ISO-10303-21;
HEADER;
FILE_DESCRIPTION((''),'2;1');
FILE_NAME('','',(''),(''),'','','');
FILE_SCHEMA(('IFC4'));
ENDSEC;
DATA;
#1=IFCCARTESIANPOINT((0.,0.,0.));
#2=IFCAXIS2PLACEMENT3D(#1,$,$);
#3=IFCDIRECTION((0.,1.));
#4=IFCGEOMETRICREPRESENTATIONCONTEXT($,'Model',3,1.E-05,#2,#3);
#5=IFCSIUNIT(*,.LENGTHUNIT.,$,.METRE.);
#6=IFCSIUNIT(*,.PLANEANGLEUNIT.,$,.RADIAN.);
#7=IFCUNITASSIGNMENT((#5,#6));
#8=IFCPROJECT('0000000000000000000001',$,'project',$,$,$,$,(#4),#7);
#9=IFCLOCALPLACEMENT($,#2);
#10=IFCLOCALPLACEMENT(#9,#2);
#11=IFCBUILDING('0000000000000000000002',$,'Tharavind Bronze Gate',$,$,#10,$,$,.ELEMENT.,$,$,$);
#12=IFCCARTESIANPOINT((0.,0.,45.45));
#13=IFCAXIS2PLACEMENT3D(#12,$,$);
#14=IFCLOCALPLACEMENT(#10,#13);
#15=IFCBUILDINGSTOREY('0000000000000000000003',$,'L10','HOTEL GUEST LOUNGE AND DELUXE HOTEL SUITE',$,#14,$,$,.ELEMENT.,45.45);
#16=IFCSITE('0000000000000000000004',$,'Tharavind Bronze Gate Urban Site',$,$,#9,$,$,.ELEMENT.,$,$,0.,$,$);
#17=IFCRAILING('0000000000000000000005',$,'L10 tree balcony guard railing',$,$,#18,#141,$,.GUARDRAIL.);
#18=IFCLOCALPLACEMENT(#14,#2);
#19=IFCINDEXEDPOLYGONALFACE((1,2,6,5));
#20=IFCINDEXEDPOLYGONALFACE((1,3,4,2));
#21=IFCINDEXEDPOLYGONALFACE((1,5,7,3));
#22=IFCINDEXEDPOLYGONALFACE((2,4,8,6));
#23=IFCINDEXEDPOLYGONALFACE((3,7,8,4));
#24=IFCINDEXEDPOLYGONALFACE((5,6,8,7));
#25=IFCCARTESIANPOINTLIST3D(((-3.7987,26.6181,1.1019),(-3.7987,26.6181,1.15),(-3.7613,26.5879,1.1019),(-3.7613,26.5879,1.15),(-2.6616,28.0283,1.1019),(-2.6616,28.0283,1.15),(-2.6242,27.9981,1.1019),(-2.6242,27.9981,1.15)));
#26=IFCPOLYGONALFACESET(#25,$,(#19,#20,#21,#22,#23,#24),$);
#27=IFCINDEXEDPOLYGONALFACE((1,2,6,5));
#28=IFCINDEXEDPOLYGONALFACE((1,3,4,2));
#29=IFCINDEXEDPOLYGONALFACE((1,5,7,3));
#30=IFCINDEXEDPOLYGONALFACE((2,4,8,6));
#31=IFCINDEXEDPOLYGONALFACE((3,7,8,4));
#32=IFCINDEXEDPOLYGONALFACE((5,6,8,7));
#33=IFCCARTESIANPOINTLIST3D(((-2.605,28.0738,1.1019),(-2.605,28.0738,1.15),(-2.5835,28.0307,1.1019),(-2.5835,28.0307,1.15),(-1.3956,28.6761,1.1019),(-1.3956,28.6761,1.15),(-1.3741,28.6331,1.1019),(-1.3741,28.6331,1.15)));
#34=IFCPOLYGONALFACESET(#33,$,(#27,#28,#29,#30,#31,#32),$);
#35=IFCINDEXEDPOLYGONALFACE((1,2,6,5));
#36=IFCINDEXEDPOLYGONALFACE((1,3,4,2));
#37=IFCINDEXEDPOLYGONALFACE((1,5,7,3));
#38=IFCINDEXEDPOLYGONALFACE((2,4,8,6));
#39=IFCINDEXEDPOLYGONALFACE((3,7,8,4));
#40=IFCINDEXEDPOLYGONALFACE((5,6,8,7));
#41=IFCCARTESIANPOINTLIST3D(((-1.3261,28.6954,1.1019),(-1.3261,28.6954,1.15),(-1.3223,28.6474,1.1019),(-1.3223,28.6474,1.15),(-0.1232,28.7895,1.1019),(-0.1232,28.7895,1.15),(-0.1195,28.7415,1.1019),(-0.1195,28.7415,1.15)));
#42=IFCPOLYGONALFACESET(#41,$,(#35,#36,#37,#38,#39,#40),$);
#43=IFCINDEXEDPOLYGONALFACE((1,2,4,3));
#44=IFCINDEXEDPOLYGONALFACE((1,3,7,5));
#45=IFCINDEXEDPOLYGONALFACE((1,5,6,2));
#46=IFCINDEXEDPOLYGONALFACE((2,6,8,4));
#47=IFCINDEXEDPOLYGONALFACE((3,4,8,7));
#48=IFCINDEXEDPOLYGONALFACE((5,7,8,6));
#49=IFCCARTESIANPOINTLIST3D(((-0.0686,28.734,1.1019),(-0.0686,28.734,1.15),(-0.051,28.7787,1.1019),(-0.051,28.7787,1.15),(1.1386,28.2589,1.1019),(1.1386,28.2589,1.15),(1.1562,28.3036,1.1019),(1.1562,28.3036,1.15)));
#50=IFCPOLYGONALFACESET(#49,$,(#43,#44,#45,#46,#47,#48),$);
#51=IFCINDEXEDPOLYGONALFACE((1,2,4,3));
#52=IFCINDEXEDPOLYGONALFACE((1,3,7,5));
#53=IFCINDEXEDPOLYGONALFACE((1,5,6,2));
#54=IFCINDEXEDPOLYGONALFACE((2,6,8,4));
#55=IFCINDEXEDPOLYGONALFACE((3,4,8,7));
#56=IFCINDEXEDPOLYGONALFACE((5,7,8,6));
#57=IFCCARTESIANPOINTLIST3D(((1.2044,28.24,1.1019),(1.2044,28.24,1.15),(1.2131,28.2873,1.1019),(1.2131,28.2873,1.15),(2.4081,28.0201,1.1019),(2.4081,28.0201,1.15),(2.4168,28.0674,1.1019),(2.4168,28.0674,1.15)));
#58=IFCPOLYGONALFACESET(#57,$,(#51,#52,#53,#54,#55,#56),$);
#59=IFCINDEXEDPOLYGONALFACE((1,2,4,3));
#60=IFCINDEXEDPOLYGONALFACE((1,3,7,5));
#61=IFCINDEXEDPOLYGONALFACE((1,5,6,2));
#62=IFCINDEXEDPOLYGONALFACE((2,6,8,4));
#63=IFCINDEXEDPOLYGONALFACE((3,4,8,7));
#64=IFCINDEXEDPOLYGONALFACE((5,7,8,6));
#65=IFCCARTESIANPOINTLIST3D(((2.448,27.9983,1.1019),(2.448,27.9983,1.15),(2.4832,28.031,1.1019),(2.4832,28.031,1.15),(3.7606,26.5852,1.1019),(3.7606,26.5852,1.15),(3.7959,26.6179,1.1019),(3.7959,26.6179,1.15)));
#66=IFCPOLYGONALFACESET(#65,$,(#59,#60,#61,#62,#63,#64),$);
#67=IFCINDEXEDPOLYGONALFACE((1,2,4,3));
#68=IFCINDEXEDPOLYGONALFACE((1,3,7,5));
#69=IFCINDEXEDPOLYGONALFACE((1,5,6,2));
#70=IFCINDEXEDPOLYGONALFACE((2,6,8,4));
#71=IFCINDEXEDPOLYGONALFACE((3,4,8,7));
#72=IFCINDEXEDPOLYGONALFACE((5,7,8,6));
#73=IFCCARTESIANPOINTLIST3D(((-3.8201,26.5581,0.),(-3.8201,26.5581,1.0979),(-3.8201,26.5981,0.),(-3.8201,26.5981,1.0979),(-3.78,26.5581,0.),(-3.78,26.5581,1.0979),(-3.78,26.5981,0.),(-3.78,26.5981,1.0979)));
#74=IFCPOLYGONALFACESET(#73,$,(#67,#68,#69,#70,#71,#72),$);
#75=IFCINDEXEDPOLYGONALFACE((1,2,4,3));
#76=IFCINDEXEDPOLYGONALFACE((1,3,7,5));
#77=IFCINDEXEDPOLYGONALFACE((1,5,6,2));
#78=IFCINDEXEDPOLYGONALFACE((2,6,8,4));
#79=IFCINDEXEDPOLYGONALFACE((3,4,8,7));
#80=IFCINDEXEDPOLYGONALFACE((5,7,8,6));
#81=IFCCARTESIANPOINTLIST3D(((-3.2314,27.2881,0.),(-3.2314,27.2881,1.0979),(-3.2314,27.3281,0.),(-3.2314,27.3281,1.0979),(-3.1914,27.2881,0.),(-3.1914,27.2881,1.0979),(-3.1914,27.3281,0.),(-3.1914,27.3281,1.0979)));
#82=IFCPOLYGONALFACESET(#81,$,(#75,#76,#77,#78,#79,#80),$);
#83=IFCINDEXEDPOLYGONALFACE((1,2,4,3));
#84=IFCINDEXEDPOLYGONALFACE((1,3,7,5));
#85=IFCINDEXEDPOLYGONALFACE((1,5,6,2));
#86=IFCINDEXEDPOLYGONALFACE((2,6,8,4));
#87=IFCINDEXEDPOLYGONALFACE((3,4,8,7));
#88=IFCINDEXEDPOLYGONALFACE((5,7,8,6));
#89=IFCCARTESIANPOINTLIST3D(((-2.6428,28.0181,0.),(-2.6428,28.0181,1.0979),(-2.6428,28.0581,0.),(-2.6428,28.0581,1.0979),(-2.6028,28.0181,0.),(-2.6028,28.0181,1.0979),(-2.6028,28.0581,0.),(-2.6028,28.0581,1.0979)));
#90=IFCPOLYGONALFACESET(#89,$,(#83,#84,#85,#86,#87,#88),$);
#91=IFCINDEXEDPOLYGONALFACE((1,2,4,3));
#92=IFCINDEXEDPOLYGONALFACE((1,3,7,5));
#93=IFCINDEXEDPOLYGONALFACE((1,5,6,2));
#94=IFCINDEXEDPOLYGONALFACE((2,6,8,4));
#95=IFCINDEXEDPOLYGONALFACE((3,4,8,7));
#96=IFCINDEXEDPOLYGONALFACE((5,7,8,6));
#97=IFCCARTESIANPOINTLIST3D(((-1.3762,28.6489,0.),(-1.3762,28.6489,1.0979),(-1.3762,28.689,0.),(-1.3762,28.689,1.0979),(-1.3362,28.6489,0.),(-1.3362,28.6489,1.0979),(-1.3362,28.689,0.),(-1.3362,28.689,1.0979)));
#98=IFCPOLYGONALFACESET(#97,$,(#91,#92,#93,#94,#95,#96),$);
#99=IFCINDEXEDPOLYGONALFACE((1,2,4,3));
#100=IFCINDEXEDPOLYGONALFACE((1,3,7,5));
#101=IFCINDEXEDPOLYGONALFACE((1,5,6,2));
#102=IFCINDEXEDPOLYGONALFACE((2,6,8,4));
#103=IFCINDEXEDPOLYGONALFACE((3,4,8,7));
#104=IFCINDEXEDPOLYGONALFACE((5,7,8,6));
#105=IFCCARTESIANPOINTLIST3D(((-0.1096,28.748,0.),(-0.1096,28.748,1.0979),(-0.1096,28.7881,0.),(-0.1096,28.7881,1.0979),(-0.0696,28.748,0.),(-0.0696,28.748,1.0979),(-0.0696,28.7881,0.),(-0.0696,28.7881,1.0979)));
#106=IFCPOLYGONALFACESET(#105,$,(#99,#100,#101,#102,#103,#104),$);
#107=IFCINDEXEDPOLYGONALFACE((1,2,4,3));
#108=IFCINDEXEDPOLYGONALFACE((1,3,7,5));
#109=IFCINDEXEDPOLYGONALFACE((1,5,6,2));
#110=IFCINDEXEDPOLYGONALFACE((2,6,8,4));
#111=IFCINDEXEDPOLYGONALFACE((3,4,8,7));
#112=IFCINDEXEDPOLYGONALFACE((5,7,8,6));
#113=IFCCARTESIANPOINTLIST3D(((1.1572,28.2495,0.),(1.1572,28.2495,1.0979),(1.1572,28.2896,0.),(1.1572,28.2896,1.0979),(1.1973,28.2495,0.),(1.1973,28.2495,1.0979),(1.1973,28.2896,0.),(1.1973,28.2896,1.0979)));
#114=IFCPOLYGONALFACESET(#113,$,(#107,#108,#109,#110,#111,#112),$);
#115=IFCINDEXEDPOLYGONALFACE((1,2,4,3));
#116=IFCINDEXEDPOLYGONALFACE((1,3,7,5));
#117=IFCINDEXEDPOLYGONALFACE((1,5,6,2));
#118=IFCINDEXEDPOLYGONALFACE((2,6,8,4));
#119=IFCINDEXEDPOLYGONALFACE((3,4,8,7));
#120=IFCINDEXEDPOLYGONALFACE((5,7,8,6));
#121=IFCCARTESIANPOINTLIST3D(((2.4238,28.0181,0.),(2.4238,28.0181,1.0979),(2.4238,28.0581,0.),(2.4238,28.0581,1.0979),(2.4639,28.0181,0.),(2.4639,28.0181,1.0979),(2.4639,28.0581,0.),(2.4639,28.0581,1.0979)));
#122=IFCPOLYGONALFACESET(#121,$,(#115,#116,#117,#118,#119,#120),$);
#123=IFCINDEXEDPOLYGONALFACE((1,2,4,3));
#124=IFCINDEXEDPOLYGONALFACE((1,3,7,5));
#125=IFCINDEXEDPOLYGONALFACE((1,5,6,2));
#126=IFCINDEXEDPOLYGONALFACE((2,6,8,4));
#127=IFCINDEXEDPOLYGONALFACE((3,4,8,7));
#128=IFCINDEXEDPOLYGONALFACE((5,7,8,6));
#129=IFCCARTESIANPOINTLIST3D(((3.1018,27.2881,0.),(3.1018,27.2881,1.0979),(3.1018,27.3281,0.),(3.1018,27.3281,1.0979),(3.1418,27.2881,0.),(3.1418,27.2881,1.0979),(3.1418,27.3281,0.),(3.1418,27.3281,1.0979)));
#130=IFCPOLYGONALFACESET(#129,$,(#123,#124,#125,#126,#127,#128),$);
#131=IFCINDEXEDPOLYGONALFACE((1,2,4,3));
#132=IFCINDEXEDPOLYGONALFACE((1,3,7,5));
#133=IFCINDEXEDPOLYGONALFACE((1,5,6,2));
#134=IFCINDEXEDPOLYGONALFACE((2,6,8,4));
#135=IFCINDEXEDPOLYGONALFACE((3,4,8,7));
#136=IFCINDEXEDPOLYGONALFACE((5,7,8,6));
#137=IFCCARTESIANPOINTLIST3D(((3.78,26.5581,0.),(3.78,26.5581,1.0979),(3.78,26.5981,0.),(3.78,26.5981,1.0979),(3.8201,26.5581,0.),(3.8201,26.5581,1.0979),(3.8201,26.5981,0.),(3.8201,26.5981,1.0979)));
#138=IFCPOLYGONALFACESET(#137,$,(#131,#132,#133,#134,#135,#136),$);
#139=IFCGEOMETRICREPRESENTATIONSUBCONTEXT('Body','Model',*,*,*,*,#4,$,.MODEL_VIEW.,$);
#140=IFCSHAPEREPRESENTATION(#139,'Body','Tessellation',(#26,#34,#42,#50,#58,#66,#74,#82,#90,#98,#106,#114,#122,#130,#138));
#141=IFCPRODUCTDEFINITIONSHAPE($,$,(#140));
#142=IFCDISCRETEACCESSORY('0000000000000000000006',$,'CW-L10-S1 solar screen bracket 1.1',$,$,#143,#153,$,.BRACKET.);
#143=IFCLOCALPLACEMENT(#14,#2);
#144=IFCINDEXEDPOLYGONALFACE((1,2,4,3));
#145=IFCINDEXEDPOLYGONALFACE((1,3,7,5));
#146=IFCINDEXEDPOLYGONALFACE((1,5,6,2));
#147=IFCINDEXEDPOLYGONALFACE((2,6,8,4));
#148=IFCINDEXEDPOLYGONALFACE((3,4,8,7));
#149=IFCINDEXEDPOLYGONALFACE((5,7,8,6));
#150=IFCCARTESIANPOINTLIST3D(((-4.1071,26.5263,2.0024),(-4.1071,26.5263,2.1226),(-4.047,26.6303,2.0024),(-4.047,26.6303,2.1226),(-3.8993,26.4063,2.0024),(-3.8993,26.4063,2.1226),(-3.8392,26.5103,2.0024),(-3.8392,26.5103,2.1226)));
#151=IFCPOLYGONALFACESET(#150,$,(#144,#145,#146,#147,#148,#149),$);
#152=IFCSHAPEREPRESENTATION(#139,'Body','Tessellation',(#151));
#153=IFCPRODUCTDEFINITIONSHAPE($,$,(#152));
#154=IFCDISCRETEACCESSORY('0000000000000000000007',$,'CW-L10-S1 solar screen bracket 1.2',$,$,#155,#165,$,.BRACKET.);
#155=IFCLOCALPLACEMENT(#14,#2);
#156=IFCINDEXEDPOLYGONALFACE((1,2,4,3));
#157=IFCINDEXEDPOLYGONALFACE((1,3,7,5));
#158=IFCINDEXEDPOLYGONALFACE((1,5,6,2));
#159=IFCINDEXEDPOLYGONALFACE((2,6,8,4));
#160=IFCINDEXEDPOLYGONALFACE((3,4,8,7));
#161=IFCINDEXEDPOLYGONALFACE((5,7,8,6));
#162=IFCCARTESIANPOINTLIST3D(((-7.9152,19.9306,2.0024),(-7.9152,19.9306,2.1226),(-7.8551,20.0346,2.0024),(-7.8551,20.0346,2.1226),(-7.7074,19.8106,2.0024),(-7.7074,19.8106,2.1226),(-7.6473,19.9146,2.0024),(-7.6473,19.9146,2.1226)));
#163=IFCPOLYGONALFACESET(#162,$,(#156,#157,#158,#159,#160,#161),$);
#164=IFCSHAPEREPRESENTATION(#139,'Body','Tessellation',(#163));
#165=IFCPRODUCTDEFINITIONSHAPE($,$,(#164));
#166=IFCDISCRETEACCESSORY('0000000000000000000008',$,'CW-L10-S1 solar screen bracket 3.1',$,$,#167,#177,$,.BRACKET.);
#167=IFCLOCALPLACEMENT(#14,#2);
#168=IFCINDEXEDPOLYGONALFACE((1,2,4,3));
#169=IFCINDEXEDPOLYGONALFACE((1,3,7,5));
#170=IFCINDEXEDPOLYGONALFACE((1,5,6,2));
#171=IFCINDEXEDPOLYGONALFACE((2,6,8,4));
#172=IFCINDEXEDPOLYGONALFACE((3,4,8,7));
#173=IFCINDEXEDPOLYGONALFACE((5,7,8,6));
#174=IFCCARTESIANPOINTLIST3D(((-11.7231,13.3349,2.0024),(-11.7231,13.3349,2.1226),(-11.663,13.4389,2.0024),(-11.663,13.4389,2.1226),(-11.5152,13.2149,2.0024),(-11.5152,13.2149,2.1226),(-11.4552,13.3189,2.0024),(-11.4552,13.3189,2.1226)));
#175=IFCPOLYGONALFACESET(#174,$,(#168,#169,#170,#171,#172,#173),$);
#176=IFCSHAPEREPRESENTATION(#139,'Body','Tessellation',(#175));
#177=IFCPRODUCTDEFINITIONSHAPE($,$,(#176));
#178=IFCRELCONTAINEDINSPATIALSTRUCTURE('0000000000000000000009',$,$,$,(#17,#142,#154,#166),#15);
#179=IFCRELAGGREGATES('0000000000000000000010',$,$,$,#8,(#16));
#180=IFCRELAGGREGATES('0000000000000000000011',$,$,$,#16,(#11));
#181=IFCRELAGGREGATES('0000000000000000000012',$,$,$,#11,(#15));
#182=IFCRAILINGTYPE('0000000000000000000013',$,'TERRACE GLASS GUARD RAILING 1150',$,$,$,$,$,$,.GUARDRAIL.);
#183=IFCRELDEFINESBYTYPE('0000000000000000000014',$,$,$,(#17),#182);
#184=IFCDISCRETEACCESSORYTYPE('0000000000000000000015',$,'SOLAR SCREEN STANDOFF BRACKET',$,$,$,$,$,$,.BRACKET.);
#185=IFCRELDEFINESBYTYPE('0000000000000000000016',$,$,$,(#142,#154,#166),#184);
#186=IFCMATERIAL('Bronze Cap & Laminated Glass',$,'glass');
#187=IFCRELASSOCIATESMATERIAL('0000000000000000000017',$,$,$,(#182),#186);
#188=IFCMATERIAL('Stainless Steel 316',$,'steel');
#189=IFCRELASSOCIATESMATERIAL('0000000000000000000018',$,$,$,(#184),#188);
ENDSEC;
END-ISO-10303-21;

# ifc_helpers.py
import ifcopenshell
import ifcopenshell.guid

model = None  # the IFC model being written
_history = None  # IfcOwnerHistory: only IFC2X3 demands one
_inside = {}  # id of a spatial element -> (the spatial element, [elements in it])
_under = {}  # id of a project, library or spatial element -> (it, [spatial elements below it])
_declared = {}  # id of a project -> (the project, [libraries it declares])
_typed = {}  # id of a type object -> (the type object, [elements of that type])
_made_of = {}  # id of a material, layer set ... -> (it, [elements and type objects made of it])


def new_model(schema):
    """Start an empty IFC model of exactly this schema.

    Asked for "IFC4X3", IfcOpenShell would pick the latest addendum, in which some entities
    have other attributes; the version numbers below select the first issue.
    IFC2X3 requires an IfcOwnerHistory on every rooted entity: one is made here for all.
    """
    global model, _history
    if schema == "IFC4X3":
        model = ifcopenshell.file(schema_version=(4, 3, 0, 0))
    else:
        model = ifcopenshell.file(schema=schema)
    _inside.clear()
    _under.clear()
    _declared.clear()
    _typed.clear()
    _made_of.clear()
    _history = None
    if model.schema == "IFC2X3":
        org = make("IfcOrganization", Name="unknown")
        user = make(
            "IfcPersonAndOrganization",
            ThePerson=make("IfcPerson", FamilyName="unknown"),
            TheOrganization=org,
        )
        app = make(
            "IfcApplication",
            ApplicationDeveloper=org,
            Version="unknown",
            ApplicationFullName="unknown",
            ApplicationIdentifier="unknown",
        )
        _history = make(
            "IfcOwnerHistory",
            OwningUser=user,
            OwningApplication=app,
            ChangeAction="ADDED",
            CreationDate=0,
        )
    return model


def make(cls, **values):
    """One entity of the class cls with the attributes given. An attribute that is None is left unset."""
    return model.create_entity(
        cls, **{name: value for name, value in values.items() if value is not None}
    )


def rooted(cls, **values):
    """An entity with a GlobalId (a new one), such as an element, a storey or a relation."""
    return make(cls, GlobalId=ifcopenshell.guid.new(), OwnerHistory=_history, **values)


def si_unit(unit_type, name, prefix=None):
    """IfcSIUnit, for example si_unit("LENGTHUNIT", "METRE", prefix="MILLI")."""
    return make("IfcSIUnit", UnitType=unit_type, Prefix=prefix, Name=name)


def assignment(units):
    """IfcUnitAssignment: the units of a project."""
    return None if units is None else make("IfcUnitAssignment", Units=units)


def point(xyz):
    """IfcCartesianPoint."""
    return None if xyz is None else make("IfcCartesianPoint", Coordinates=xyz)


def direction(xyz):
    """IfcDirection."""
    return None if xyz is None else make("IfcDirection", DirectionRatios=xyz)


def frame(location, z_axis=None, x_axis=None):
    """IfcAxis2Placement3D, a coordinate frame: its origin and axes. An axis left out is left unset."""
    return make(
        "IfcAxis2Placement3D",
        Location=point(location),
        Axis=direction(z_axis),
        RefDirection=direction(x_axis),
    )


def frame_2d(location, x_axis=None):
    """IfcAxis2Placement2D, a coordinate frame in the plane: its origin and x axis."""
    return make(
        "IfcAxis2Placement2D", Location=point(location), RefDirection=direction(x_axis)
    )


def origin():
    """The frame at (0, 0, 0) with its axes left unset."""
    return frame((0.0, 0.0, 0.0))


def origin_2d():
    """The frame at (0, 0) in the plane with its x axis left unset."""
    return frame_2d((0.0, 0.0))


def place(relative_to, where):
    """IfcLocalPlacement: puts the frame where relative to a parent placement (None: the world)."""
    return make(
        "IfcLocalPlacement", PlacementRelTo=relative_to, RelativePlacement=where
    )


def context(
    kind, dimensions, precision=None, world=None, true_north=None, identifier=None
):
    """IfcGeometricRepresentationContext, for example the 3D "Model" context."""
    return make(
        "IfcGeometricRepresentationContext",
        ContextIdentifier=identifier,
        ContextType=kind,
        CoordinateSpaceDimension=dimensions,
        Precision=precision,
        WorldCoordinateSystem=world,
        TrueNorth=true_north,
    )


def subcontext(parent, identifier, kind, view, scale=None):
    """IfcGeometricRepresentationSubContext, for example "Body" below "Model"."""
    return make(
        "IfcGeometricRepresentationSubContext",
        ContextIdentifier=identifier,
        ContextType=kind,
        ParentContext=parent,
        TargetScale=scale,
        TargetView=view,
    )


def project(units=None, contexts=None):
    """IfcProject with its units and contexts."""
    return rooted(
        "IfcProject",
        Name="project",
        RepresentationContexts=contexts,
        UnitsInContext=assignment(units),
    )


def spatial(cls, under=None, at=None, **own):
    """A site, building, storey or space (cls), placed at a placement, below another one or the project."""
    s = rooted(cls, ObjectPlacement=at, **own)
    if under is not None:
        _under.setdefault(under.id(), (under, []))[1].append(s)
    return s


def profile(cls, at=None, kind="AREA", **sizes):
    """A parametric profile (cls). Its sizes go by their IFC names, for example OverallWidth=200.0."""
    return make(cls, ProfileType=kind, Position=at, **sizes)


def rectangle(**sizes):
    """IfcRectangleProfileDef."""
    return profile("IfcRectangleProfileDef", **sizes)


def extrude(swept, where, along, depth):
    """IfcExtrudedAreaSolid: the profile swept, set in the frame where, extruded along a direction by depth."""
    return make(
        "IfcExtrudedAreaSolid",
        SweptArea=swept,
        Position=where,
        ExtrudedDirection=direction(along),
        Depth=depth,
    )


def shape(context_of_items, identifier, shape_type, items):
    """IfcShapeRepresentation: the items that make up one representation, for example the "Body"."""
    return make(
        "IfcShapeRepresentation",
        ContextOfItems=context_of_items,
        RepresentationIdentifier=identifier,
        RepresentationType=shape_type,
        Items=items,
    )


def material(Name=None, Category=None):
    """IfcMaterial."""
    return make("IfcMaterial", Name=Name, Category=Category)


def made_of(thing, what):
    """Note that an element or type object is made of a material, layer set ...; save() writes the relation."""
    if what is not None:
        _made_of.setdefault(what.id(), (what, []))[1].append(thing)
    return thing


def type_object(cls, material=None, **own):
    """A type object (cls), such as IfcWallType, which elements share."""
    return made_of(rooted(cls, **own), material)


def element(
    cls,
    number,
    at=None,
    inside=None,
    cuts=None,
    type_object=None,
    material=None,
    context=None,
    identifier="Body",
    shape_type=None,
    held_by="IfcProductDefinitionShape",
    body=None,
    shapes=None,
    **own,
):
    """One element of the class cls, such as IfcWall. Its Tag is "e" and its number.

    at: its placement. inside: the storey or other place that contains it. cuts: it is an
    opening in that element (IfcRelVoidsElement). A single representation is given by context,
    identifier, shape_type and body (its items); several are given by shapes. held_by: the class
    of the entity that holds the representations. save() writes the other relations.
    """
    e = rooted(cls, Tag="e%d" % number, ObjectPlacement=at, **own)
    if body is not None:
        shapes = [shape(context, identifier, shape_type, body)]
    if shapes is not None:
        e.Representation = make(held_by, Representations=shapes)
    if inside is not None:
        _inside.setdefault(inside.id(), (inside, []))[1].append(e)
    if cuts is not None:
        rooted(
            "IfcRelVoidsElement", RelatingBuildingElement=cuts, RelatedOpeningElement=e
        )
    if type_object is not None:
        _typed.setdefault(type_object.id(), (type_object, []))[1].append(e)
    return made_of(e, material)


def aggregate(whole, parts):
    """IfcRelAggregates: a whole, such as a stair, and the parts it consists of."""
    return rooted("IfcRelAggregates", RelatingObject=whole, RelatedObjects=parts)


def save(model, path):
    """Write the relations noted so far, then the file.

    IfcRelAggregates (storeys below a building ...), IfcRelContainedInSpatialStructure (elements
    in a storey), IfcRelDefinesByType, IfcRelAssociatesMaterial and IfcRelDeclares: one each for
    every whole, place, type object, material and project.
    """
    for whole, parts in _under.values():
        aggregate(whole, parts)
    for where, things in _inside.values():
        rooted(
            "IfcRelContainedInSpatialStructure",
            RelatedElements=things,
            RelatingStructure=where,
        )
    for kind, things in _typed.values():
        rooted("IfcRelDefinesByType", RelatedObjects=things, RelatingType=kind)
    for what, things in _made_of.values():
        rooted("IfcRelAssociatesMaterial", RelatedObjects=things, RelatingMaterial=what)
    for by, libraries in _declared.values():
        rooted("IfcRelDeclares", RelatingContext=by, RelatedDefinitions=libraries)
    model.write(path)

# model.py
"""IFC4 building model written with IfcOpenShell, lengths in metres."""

from ifc_helpers import new_model, si_unit, direction, frame, origin, origin_2d, place, context, subcontext, project, spatial, rectangle, extrude, material, type_object, element, save


model = new_model("IFC4")

# Units and contexts
model_context = context("Model", 3, precision=1e-05, world=origin(), true_north=direction((0.0, 1.0)))
body_context = subcontext(model_context, "Body", "Model", "MODEL_VIEW")
ifc_project = project(units=[si_unit("LENGTHUNIT", "METRE"), si_unit("PLANEANGLEUNIT", "RADIAN")], contexts=[model_context])

# Site, building, storey
site_placement = place(None, origin())
site = spatial("IfcSite", under=ifc_project, at=site_placement, Name="Tharavind Bronze Gate Urban Site", CompositionType="ELEMENT", RefElevation=0.0)
building_placement = place(site_placement, origin())
building = spatial("IfcBuilding", under=site, at=building_placement, Name="Tharavind Bronze Gate", CompositionType="ELEMENT")
storey_placement = place(building_placement, frame((0.0, 0.0, 45.45)))
storey = spatial("IfcBuildingStorey", under=building, at=storey_placement, Name="L10", Description="HOTEL GUEST LOUNGE AND DELUXE HOTEL SUITE", CompositionType="ELEMENT", Elevation=45.45)

# Railing
ifc_material_1 = material(Name="Bronze Cap & Laminated Glass", Category="glass")
railing_type = type_object("IfcRailingType", Name="TERRACE GLASS GUARD RAILING 1150", PredefinedType="GUARDRAIL", material=ifc_material_1)
railing_placement = place(storey_placement, frame((-3.8, 26.5781, 0.0)))
element("IfcRailing", 1, at=railing_placement, inside=storey, type_object=railing_type, Name="L10 tree balcony guard railing", PredefinedType="GUARDRAIL", context=body_context, shape_type="SweptSolid", body=[
    extrude(rectangle(XDim=0.0481, YDim=0.0481, at=origin_2d()), frame((0.02, 0.0249, 1.126), z_axis=(0.627707, 0.77845, 0.0), x_axis=(-0.77845, 0.627707, 0.0)), (0.0, 0.0, 1.0), 1.8115),
    extrude(rectangle(XDim=0.0481, YDim=0.0481, at=origin_2d()), frame((1.2058, 1.4741, 1.126), z_axis=(0.895116, 0.445833, 0.0), x_axis=(-0.445833, 0.895116, 0.0)), (0.0, 0.0, 1.0), 1.3511),
    extrude(rectangle(XDim=0.0481, YDim=0.0481, at=origin_2d()), frame((2.4758, 2.0933, 1.126), z_axis=(0.996952, 0.078019, 0.0), x_axis=(-0.078019, 0.996952, 0.0)), (0.0, 0.0, 1.0), 1.2065),
    extrude(rectangle(XDim=0.0481, YDim=0.0481, at=origin_2d()), frame((3.7402, 2.1782, 1.126), z_axis=(0.93054, -0.36619, 0.0), x_axis=(0.36619, 0.93054, 0.0)), (0.0, 0.0, 1.0), 1.2974),
    extrude(rectangle(XDim=0.0481, YDim=0.0481, at=origin_2d()), frame((5.0088, 1.6855, 1.126), z_axis=(0.983712, -0.179753, 0.0), x_axis=(0.179753, 0.983712, 0.0)), (0.0, 0.0, 1.0), 1.2236),
    extrude(rectangle(XDim=0.0481, YDim=0.0481, at=origin_2d()), frame((6.2656, 1.4365, 1.126), z_axis=(0.680592, -0.732663, 0.0), x_axis=(0.732663, 0.680592, 0.0)), (0.0, 0.0, 1.0), 1.9287),
    extrude(rectangle(XDim=0.04, YDim=0.04, at=origin_2d()), origin(), (0.0, 0.0, 1.0), 1.0979),
    extrude(rectangle(XDim=0.04, YDim=0.04, at=origin_2d()), frame((0.5886, 0.73, 0.0)), (0.0, 0.0, 1.0), 1.0979),
    extrude(rectangle(XDim=0.04, YDim=0.04, at=origin_2d()), frame((1.1772, 1.46, 0.0)), (0.0, 0.0, 1.0), 1.0979),
    extrude(rectangle(XDim=0.04, YDim=0.04, at=origin_2d()), frame((2.4438, 2.0908, 0.0)), (0.0, 0.0, 1.0), 1.0979),
    extrude(rectangle(XDim=0.04, YDim=0.04, at=origin_2d()), frame((3.7104, 2.1899, 0.0)), (0.0, 0.0, 1.0), 1.0979),
    extrude(rectangle(XDim=0.04, YDim=0.04, at=origin_2d()), frame((4.9773, 1.6914, 0.0)), (0.0, 0.0, 1.0), 1.0979),
    extrude(rectangle(XDim=0.04, YDim=0.04, at=origin_2d()), frame((6.2439, 1.46, 0.0)), (0.0, 0.0, 1.0), 1.0979),
    extrude(rectangle(XDim=0.04, YDim=0.04, at=origin_2d()), frame((6.9219, 0.73, 0.0)), (0.0, 0.0, 1.0), 1.0979),
    extrude(rectangle(XDim=0.04, YDim=0.04, at=origin_2d()), frame((7.6001, 0.0, 0.0)), (0.0, 0.0, 1.0), 1.0979),
])

# Discrete accessories
ifc_material_2 = material(Name="Stainless Steel 316", Category="steel")
discrete_accessory_type = type_object("IfcDiscreteAccessoryType", Name="SOLAR SCREEN STANDOFF BRACKET", PredefinedType="BRACKET", material=ifc_material_2)
for number, where, z_axis, x_axis, name in (
    (2, (-3.9731, 26.5183, 2.0024), (0.0, 0.0, 1.0), (-0.500002, -0.866025, 0.0), "CW-L10-S1 solar screen bracket 1.1"),
    (3, (-7.7812, 19.9226, 2.0024), (0.0, 0.0, 1.0), (-0.500002, -0.866025, 0.0), "CW-L10-S1 solar screen bracket 1.2"),
    (4, (-11.5891, 13.3269, 2.0024), (0.0, 0.0, 1.0), (-0.500002, -0.866025, 0.0), "CW-L10-S1 solar screen bracket 3.1"),
):
    element("IfcDiscreteAccessory", number, at=place(storey_placement, frame(where, z_axis=z_axis, x_axis=x_axis)), inside=storey, type_object=discrete_accessory_type, Name=name, PredefinedType="BRACKET", context=body_context, shape_type="SweptSolid", body=[
        extrude(rectangle(XDim=0.1201, YDim=0.24, at=origin_2d()), origin(), (0.0, 0.0, 1.0), 0.1201),
    ])

save(model, "model.ifc")
